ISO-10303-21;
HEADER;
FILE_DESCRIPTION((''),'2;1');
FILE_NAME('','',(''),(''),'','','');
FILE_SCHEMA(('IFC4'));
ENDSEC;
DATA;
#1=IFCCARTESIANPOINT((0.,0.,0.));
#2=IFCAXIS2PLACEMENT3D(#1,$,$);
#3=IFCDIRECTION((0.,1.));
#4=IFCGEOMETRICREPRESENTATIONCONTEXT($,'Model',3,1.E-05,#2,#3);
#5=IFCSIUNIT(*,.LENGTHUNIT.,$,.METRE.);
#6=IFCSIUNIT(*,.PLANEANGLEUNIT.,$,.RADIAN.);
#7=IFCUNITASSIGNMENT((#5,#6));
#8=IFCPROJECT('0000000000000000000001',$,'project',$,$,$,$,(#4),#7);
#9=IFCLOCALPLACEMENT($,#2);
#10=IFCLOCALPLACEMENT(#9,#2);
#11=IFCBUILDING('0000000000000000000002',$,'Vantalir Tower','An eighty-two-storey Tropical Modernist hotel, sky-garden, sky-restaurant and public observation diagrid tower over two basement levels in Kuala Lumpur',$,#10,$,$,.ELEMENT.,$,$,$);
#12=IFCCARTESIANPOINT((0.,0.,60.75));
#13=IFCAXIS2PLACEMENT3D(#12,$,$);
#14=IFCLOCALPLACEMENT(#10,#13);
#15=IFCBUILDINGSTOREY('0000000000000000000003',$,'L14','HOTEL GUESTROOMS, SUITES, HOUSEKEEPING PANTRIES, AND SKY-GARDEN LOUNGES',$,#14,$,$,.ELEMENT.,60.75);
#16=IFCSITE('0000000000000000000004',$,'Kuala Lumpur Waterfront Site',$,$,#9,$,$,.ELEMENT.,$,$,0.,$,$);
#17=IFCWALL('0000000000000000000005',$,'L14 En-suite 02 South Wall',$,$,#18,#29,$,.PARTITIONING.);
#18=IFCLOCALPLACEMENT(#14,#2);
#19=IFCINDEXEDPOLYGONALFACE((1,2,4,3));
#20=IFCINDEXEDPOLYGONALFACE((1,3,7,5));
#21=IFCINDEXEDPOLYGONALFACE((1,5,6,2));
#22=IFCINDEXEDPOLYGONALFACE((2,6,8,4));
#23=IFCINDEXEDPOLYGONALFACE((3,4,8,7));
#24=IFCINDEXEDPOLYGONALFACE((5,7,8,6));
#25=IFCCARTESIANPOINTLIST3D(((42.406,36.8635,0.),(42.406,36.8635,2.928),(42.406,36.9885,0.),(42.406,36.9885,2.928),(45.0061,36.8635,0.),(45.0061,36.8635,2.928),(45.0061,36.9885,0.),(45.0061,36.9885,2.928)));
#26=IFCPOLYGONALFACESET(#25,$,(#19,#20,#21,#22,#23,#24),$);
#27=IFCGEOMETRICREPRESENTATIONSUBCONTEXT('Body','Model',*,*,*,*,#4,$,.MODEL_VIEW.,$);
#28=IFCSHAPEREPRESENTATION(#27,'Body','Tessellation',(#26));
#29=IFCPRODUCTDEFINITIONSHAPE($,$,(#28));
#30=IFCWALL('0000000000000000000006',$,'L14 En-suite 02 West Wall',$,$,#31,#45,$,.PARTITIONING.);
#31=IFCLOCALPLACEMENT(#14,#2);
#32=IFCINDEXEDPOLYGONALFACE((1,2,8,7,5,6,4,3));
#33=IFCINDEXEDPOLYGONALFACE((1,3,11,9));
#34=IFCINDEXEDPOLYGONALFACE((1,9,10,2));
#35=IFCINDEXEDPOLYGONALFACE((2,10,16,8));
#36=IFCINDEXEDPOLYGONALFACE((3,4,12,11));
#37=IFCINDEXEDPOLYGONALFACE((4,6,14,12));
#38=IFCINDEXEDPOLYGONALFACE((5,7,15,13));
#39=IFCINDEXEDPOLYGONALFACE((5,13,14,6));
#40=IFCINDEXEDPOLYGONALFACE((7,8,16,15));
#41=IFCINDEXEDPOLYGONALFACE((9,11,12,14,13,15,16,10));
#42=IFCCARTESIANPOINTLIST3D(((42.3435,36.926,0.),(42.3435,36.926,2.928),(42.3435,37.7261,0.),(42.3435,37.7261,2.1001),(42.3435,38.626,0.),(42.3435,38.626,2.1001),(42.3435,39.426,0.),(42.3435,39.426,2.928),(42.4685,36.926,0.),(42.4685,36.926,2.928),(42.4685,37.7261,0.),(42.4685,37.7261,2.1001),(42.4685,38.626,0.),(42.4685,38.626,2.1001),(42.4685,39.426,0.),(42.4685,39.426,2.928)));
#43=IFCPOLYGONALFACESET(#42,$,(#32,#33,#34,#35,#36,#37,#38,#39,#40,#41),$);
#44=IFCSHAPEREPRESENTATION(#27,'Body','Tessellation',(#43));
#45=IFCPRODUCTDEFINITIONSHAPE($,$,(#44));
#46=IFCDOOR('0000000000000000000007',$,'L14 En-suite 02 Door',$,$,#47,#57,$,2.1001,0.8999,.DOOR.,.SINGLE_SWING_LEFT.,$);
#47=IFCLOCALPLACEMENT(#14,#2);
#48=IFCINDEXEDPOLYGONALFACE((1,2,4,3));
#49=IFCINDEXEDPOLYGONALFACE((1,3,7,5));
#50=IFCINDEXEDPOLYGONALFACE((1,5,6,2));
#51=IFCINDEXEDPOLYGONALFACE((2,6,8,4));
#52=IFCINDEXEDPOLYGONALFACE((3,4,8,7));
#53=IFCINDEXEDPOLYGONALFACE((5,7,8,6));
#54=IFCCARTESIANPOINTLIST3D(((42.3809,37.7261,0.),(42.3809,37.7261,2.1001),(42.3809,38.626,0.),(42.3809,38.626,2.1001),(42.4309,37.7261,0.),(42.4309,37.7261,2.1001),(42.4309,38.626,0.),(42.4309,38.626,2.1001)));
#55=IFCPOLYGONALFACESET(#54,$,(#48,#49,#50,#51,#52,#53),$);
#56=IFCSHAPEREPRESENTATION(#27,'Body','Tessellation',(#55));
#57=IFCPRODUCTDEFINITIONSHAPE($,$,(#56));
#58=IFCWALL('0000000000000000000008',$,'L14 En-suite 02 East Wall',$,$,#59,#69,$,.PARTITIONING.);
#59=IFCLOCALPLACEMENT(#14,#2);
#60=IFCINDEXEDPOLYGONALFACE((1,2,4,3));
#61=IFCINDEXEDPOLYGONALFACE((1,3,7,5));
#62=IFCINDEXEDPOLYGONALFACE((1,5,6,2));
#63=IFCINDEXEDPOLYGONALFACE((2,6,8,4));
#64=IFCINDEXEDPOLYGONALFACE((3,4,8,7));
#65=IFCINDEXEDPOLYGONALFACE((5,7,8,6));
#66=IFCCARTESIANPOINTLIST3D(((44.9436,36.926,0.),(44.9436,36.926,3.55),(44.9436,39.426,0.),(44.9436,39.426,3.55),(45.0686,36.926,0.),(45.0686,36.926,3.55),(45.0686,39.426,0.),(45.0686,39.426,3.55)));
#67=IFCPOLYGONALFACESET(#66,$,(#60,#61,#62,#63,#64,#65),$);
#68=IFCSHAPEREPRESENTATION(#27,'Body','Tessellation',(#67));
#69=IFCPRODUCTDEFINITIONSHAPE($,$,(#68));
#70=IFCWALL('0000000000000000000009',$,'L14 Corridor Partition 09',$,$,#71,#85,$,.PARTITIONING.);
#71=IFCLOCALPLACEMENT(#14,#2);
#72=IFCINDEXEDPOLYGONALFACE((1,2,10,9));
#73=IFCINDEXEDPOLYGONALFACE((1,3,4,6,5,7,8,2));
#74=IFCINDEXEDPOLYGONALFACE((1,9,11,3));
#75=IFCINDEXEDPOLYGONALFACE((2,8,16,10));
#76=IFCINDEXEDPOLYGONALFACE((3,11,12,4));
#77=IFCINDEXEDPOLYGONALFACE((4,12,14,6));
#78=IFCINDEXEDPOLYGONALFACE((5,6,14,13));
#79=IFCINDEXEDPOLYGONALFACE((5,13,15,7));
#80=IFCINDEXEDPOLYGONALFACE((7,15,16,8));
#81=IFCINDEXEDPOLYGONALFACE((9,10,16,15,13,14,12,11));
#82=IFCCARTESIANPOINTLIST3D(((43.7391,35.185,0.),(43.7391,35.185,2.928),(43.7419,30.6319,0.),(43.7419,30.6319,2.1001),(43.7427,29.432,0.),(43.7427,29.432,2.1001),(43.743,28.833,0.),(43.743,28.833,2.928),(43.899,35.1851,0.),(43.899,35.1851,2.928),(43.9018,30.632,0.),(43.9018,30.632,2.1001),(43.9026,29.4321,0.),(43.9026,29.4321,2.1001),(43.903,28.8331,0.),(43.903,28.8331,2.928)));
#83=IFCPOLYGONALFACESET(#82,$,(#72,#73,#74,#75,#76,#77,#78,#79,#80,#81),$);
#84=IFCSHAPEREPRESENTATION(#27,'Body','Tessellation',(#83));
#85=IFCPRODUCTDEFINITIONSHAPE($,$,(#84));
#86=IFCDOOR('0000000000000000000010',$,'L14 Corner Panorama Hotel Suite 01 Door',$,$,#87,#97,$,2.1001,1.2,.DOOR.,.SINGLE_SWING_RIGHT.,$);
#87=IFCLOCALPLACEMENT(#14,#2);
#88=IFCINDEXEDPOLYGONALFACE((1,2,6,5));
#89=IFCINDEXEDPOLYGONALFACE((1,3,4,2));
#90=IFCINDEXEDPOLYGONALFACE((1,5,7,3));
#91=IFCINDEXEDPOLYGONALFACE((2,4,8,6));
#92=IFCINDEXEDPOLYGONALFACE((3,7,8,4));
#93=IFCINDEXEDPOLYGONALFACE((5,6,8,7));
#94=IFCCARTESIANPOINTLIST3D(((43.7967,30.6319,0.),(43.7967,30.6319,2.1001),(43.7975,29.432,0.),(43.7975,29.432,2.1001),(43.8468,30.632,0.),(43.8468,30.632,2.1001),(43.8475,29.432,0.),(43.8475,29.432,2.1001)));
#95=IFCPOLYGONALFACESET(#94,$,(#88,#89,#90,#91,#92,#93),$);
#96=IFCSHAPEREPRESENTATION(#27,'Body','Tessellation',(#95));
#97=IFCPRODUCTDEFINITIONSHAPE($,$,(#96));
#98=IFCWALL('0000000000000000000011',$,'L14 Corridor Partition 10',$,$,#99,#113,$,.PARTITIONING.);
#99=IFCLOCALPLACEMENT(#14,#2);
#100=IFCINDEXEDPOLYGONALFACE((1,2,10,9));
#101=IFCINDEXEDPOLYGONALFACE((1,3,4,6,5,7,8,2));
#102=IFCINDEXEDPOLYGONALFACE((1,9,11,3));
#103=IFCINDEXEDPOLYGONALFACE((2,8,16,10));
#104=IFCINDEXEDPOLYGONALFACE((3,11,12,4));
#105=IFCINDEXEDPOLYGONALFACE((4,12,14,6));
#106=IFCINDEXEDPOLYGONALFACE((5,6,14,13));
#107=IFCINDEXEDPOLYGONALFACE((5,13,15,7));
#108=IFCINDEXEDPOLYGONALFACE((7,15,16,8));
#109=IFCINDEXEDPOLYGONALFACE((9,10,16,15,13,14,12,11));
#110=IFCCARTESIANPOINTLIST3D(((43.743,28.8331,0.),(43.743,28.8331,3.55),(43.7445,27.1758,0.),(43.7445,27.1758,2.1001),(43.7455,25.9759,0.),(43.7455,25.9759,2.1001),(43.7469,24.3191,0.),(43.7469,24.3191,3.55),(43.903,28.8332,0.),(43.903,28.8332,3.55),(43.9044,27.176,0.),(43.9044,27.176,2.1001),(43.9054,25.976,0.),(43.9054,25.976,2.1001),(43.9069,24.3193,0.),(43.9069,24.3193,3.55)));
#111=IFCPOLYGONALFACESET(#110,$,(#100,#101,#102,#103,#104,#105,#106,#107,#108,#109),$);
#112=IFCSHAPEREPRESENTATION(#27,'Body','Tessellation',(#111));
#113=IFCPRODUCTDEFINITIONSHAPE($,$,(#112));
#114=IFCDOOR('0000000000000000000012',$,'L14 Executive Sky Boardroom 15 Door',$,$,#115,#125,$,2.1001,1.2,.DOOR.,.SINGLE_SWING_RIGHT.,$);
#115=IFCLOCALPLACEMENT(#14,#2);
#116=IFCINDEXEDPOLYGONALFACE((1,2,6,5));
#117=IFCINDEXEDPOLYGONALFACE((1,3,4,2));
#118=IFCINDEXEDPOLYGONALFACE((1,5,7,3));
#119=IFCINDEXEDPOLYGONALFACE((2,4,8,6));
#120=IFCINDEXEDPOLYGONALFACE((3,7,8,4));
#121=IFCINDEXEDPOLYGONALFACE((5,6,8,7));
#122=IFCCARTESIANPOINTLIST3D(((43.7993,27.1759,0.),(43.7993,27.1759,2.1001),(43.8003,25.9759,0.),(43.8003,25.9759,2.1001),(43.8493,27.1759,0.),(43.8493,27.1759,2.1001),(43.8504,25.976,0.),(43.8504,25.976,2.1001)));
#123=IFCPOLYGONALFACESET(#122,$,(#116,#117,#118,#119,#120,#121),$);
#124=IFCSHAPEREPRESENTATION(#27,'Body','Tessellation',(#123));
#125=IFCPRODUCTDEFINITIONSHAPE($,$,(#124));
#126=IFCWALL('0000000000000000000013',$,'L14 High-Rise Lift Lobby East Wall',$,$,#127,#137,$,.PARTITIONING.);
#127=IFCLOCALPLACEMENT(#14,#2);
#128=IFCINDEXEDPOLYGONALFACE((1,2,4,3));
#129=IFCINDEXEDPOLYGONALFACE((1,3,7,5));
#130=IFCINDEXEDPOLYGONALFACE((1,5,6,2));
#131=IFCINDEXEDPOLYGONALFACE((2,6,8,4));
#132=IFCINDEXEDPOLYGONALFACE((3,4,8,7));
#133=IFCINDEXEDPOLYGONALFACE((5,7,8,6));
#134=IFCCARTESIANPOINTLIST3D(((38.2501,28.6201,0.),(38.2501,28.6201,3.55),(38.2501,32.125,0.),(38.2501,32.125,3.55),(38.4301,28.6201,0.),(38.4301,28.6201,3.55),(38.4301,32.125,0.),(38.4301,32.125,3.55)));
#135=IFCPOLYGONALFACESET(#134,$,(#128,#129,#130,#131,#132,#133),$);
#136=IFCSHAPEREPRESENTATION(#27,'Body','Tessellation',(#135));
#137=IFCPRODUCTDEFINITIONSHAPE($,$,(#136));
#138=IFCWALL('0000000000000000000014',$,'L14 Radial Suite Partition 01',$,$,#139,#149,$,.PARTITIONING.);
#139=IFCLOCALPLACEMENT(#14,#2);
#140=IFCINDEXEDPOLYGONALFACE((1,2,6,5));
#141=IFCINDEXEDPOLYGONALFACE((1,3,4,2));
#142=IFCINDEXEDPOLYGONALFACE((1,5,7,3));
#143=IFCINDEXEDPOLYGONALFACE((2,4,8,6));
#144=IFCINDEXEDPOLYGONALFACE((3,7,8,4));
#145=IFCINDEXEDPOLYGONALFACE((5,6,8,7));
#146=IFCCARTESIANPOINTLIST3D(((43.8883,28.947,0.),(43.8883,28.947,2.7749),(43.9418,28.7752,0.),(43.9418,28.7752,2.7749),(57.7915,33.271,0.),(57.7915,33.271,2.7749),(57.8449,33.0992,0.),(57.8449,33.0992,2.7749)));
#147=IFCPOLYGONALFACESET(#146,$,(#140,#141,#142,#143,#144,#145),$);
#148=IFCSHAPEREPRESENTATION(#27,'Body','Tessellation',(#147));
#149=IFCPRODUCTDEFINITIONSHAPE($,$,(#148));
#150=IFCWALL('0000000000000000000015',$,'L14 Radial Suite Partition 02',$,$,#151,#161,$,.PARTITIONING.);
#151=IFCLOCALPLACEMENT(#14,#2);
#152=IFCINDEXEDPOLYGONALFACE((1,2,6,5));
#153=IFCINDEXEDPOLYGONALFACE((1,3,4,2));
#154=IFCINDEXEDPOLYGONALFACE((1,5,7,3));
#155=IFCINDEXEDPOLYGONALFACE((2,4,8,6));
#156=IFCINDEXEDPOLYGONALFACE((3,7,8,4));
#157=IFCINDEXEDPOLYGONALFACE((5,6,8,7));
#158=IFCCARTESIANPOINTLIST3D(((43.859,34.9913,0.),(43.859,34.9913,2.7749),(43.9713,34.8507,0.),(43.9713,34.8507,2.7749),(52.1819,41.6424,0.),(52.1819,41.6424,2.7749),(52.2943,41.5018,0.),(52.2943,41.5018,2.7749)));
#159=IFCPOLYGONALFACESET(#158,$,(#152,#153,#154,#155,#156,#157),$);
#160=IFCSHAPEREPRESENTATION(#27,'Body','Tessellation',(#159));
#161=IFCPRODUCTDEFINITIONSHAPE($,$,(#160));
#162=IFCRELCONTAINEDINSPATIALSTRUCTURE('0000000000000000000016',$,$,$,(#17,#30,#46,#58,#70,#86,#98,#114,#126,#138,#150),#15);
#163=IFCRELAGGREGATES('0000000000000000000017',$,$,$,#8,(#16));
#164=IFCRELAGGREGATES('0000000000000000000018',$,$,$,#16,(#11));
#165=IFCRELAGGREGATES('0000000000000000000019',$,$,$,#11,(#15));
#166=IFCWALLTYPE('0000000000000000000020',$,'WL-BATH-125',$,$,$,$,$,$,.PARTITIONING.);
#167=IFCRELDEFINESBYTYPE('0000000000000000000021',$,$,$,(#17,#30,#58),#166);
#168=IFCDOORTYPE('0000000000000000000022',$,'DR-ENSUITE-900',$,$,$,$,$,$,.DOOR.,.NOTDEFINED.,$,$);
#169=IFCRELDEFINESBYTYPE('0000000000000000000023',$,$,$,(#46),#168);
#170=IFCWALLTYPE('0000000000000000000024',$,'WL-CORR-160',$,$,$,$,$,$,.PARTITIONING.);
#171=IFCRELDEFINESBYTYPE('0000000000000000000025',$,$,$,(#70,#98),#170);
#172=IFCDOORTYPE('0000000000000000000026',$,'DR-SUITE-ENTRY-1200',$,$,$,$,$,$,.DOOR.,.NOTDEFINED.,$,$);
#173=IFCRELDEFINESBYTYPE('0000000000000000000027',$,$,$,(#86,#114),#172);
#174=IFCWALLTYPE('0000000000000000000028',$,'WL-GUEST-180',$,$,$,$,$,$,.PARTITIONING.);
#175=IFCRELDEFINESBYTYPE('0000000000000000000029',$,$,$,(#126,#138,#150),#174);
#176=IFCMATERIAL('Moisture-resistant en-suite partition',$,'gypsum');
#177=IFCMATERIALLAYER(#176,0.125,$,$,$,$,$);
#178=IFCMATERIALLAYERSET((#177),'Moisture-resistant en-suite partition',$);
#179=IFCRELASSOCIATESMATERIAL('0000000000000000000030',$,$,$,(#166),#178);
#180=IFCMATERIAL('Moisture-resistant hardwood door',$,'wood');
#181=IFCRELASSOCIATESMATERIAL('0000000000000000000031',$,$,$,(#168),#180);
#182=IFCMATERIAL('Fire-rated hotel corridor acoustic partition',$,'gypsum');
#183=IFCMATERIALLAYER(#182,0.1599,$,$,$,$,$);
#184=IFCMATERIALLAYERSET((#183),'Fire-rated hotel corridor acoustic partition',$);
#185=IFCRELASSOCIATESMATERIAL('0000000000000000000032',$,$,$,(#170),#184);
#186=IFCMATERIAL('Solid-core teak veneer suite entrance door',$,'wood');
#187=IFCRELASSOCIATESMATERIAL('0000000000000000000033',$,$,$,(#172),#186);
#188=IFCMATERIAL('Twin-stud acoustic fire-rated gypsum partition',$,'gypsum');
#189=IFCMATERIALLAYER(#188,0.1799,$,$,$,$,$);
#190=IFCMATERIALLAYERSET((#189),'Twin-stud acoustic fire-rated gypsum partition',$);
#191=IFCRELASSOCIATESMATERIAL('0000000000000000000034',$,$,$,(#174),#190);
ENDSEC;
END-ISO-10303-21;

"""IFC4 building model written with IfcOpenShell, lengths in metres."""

from ifc_helpers import new_model, si_unit, direction, frame, frame_2d, origin, place, context, subcontext, project, spatial, rectangle, extrude, material, layer, layer_set, type_object, element, fill, save


model = new_model("IFC4")

# Units and contexts
model_context = context("Model", 3, precision=1e-05, world=origin(), true_north=direction((0.0, 1.0)))
body_context = subcontext(model_context, "Body", "Model", "MODEL_VIEW")
ifc_project = project(units=[si_unit("LENGTHUNIT", "METRE"), si_unit("PLANEANGLEUNIT", "RADIAN")], contexts=[model_context])

# Site, building, storey
site_placement = place(None, origin())
site = spatial("IfcSite", under=ifc_project, at=site_placement, Name="Kuala Lumpur Waterfront Site", CompositionType="ELEMENT", RefElevation=0.0)
building_placement = place(site_placement, origin())
building = spatial("IfcBuilding", under=site, at=building_placement, Name="Vantalir Tower", Description="An eighty-two-storey Tropical Modernist hotel, sky-garden, sky-restaurant and public observation diagrid tower over two basement levels in Kuala Lumpur", CompositionType="ELEMENT")
storey_placement = place(building_placement, frame((0.0, 0.0, 60.75)))
storey = spatial("IfcBuildingStorey", under=building, at=storey_placement, Name="L14", Description="HOTEL GUESTROOMS, SUITES, HOUSEKEEPING PANTRIES, AND SKY-GARDEN LOUNGES", CompositionType="ELEMENT", Elevation=60.75)

# Shared definitions
ifc_material_1 = material(Name="Moisture-resistant en-suite partition", Category="gypsum")
ifc_layer_1 = layer(ifc_material_1, 0.125)
ifc_layer_set_1 = layer_set([ifc_layer_1], Name="Moisture-resistant en-suite partition")
wall_type_1 = type_object("IfcWallType", Name="WL-BATH-125", PredefinedType="PARTITIONING", material=ifc_layer_set_1)

# Shared definitions
ifc_material_2 = material(Name="Moisture-resistant hardwood door", Category="wood")
door_type_1 = type_object("IfcDoorType", Name="DR-ENSUITE-900", OperationType="NOTDEFINED", PredefinedType="DOOR", material=ifc_material_2)

# Wall
wall_1_placement = place(storey_placement, frame((42.406, 36.926, 0.0), z_axis=(0.0, 0.0, 1.0), x_axis=(1.0, 0.0, 0.0)))
element("IfcWall", 1, at=wall_1_placement, inside=storey, type_object=wall_type_1, Name="L14 En-suite 02 South Wall", PredefinedType="PARTITIONING", context=body_context, shape_type="SweptSolid", body=[
    extrude(rectangle(XDim=2.6001, YDim=0.125, at=frame_2d((1.3, 0.0))), origin(), (0.0, 0.0, 1.0), 2.928),
])

# Wall, opening, door
wall_2_placement = place(storey_placement, frame((42.406, 36.926, 0.0), z_axis=(0.0, 0.0, 1.0), x_axis=(0.0, 1.0, 0.0)))
wall_2 = element("IfcWall", 2, at=wall_2_placement, inside=storey, type_object=wall_type_1, Name="L14 En-suite 02 West Wall", PredefinedType="PARTITIONING", context=body_context, shape_type="SweptSolid", body=[
    extrude(rectangle(XDim=2.5, YDim=0.125, at=frame_2d((1.25, 0.0))), origin(), (0.0, 0.0, 1.0), 2.928),
])
opening_1_placement = place(wall_2_placement, frame((0.8, 0.0, 0.0)))
opening_1 = element("IfcOpeningElement", 3, at=opening_1_placement, cuts=wall_2, PredefinedType="OPENING", context=body_context, shape_type="SweptSolid", body=[
    extrude(rectangle(XDim=0.8999, YDim=2.1001, at=frame_2d((0.45, 1.05))), frame((0.0, 0.0725, 0.0), z_axis=(0.0, -1.0, 0.0), x_axis=(1.0, 0.0, 0.0)), (0.0, 0.0, 1.0), 0.145),
])
door_1_placement = place(opening_1_placement, frame((0.8999, 0.0, 0.0), z_axis=(0.0, 0.0, 1.0), x_axis=(-1.0, 0.0, 0.0)))
door_1 = element("IfcDoor", 4, at=door_1_placement, inside=storey, type_object=door_type_1, Name="L14 En-suite 02 Door", OperationType="SINGLE_SWING_LEFT", OverallHeight=2.1001, OverallWidth=0.8999, PredefinedType="DOOR", context=body_context, shape_type="SweptSolid", body=[
    extrude(rectangle(XDim=0.8999, YDim=2.1001, at=frame_2d((0.45, 1.05))), frame((0.0, 0.0249, 0.0), z_axis=(0.0, -1.0, 0.0), x_axis=(1.0, 0.0, 0.0)), (0.0, 0.0, 1.0), 0.05),
])
fill(opening_1, door_1)

# Wall
wall_3_placement = place(storey_placement, frame((45.0061, 36.926, 0.0), z_axis=(0.0, 0.0, 1.0), x_axis=(0.0, 1.0, 0.0)))
element("IfcWall", 5, at=wall_3_placement, inside=storey, type_object=wall_type_1, Name="L14 En-suite 02 East Wall", PredefinedType="PARTITIONING", context=body_context, shape_type="SweptSolid", body=[
    extrude(rectangle(XDim=2.5, YDim=0.125, at=frame_2d((1.25, 0.0))), origin(), (0.0, 0.0, 1.0), 3.55),
])

# Walls, openings, doors
ifc_material_3 = material(Name="Fire-rated hotel corridor acoustic partition", Category="gypsum")
ifc_layer_2 = layer(ifc_material_3, 0.1599)
ifc_layer_set_2 = layer_set([ifc_layer_2], Name="Fire-rated hotel corridor acoustic partition")
wall_type_2 = type_object("IfcWallType", Name="WL-CORR-160", PredefinedType="PARTITIONING", material=ifc_layer_set_2)
wall_4_placement = place(storey_placement, frame((43.8191, 35.1851, 0.0), z_axis=(0.0, 0.0, 1.0), x_axis=(0.000615, -1.0, 0.0)))
wall_4 = element("IfcWall", 6, at=wall_4_placement, inside=storey, type_object=wall_type_2, Name="L14 Corridor Partition 09", PredefinedType="PARTITIONING", context=body_context, shape_type="SweptSolid", body=[
    extrude(rectangle(XDim=6.3521, YDim=0.1599, at=frame_2d((3.176, 0.0))), origin(), (0.0, 0.0, 1.0), 2.928),
])
opening_2_placement = place(wall_4_placement, frame((4.553, 0.0, 0.0)))
opening_2 = element("IfcOpeningElement", 7, at=opening_2_placement, cuts=wall_4, PredefinedType="OPENING", context=body_context, shape_type="SweptSolid", body=[
    extrude(rectangle(XDim=1.2, YDim=2.1001, at=frame_2d((0.6001, 1.05))), frame((0.0, 0.0898, 0.0), z_axis=(0.0, -1.0, 0.0), x_axis=(1.0, 0.0, 0.0)), (0.0, 0.0, 1.0), 0.1799),
])
ifc_material_4 = material(Name="Solid-core teak veneer suite entrance door", Category="wood")
door_type_2 = type_object("IfcDoorType", Name="DR-SUITE-ENTRY-1200", OperationType="NOTDEFINED", PredefinedType="DOOR", material=ifc_material_4)
door_2_placement = place(opening_2_placement, origin())
door_2 = element("IfcDoor", 8, at=door_2_placement, inside=storey, type_object=door_type_2, Name="L14 Corner Panorama Hotel Suite 01 Door", OperationType="SINGLE_SWING_RIGHT", OverallHeight=2.1001, OverallWidth=1.2, PredefinedType="DOOR", context=body_context, shape_type="SweptSolid", body=[
    extrude(rectangle(XDim=1.2, YDim=2.1001, at=frame_2d((0.6001, 1.05))), frame((0.0, 0.0249, 0.0), z_axis=(0.0, -1.0, 0.0), x_axis=(1.0, 0.0, 0.0)), (0.0, 0.0, 1.0), 0.05),
])
fill(opening_2, door_2)
wall_5_placement = place(storey_placement, frame((43.823, 28.833, 0.0), z_axis=(0.0, 0.0, 1.0), x_axis=(0.000865, -1.0, 0.0)))
wall_5 = element("IfcWall", 9, at=wall_5_placement, inside=storey, type_object=wall_type_2, Name="L14 Corridor Partition 10", PredefinedType="PARTITIONING", context=body_context, shape_type="SweptSolid", body=[
    extrude(rectangle(XDim=4.5139, YDim=0.1599, at=frame_2d((2.2568, 0.0))), origin(), (0.0, 0.0, 1.0), 3.55),
])
opening_3_placement = place(wall_5_placement, frame((1.657, 0.0, 0.0)))
opening_3 = element("IfcOpeningElement", 10, at=opening_3_placement, cuts=wall_5, PredefinedType="OPENING", context=body_context, shape_type="SweptSolid", body=[
    extrude(rectangle(XDim=1.2, YDim=2.1001, at=frame_2d((0.6001, 1.05))), frame((0.0, 0.0898, 0.0), z_axis=(0.0, -1.0, 0.0), x_axis=(1.0, 0.0, 0.0)), (0.0, 0.0, 1.0), 0.1799),
])
door_3_placement = place(opening_3_placement, origin())
door_3 = element("IfcDoor", 11, at=door_3_placement, inside=storey, type_object=door_type_2, Name="L14 Executive Sky Boardroom 15 Door", OperationType="SINGLE_SWING_RIGHT", OverallHeight=2.1001, OverallWidth=1.2, PredefinedType="DOOR", context=body_context, shape_type="SweptSolid", body=[
    extrude(rectangle(XDim=1.2, YDim=2.1001, at=frame_2d((0.6001, 1.05))), frame((0.0, 0.0249, 0.0), z_axis=(0.0, -1.0, 0.0), x_axis=(1.0, 0.0, 0.0)), (0.0, 0.0, 1.0), 0.05),
])
fill(opening_3, door_3)

# Walls
ifc_material_5 = material(Name="Twin-stud acoustic fire-rated gypsum partition", Category="gypsum")
ifc_layer_3 = layer(ifc_material_5, 0.1799)
ifc_layer_set_3 = layer_set([ifc_layer_3], Name="Twin-stud acoustic fire-rated gypsum partition")
wall_type_3 = type_object("IfcWallType", Name="WL-GUEST-180", PredefinedType="PARTITIONING", material=ifc_layer_set_3)
wall_6_placement = place(storey_placement, frame((38.3401, 28.6201, 0.0), z_axis=(0.0, 0.0, 1.0), x_axis=(0.0, 1.0, 0.0)))
element("IfcWall", 12, at=wall_6_placement, inside=storey, type_object=wall_type_3, Name="L14 High-Rise Lift Lobby East Wall", PredefinedType="PARTITIONING", context=body_context, shape_type="SweptSolid", body=[
    extrude(rectangle(XDim=3.5049, YDim=0.1799, at=frame_2d((1.7524, 0.0))), origin(), (0.0, 0.0, 1.0), 3.55),
])
wall_7_placement = place(storey_placement, frame((43.915, 28.8611, 0.0), z_axis=(0.0, 0.0, 1.0), x_axis=(0.954885, 0.296977, 0.0)))
element("IfcWall", 13, at=wall_7_placement, inside=storey, type_object=wall_type_3, Name="L14 Radial Suite Partition 01", PredefinedType="PARTITIONING", context=body_context, shape_type="SweptSolid", body=[
    extrude(rectangle(XDim=14.5601, YDim=0.1799, at=frame_2d((7.28, 0.0))), origin(), (0.0, 0.0, 1.0), 2.7749),
])
wall_8_placement = place(storey_placement, frame((43.915, 34.9209, 0.0), z_axis=(0.0, 0.0, 1.0), x_axis=(0.781202, 0.624279, 0.0)))
element("IfcWall", 14, at=wall_8_placement, inside=storey, type_object=wall_type_3, Name="L14 Radial Suite Partition 02", PredefinedType="PARTITIONING", context=body_context, shape_type="SweptSolid", body=[
    extrude(rectangle(XDim=10.6541, YDim=0.1799, at=frame_2d((5.3271, 0.0))), origin(), (0.0, 0.0, 1.0), 2.7749),
])

save(model, "model.ifc")
